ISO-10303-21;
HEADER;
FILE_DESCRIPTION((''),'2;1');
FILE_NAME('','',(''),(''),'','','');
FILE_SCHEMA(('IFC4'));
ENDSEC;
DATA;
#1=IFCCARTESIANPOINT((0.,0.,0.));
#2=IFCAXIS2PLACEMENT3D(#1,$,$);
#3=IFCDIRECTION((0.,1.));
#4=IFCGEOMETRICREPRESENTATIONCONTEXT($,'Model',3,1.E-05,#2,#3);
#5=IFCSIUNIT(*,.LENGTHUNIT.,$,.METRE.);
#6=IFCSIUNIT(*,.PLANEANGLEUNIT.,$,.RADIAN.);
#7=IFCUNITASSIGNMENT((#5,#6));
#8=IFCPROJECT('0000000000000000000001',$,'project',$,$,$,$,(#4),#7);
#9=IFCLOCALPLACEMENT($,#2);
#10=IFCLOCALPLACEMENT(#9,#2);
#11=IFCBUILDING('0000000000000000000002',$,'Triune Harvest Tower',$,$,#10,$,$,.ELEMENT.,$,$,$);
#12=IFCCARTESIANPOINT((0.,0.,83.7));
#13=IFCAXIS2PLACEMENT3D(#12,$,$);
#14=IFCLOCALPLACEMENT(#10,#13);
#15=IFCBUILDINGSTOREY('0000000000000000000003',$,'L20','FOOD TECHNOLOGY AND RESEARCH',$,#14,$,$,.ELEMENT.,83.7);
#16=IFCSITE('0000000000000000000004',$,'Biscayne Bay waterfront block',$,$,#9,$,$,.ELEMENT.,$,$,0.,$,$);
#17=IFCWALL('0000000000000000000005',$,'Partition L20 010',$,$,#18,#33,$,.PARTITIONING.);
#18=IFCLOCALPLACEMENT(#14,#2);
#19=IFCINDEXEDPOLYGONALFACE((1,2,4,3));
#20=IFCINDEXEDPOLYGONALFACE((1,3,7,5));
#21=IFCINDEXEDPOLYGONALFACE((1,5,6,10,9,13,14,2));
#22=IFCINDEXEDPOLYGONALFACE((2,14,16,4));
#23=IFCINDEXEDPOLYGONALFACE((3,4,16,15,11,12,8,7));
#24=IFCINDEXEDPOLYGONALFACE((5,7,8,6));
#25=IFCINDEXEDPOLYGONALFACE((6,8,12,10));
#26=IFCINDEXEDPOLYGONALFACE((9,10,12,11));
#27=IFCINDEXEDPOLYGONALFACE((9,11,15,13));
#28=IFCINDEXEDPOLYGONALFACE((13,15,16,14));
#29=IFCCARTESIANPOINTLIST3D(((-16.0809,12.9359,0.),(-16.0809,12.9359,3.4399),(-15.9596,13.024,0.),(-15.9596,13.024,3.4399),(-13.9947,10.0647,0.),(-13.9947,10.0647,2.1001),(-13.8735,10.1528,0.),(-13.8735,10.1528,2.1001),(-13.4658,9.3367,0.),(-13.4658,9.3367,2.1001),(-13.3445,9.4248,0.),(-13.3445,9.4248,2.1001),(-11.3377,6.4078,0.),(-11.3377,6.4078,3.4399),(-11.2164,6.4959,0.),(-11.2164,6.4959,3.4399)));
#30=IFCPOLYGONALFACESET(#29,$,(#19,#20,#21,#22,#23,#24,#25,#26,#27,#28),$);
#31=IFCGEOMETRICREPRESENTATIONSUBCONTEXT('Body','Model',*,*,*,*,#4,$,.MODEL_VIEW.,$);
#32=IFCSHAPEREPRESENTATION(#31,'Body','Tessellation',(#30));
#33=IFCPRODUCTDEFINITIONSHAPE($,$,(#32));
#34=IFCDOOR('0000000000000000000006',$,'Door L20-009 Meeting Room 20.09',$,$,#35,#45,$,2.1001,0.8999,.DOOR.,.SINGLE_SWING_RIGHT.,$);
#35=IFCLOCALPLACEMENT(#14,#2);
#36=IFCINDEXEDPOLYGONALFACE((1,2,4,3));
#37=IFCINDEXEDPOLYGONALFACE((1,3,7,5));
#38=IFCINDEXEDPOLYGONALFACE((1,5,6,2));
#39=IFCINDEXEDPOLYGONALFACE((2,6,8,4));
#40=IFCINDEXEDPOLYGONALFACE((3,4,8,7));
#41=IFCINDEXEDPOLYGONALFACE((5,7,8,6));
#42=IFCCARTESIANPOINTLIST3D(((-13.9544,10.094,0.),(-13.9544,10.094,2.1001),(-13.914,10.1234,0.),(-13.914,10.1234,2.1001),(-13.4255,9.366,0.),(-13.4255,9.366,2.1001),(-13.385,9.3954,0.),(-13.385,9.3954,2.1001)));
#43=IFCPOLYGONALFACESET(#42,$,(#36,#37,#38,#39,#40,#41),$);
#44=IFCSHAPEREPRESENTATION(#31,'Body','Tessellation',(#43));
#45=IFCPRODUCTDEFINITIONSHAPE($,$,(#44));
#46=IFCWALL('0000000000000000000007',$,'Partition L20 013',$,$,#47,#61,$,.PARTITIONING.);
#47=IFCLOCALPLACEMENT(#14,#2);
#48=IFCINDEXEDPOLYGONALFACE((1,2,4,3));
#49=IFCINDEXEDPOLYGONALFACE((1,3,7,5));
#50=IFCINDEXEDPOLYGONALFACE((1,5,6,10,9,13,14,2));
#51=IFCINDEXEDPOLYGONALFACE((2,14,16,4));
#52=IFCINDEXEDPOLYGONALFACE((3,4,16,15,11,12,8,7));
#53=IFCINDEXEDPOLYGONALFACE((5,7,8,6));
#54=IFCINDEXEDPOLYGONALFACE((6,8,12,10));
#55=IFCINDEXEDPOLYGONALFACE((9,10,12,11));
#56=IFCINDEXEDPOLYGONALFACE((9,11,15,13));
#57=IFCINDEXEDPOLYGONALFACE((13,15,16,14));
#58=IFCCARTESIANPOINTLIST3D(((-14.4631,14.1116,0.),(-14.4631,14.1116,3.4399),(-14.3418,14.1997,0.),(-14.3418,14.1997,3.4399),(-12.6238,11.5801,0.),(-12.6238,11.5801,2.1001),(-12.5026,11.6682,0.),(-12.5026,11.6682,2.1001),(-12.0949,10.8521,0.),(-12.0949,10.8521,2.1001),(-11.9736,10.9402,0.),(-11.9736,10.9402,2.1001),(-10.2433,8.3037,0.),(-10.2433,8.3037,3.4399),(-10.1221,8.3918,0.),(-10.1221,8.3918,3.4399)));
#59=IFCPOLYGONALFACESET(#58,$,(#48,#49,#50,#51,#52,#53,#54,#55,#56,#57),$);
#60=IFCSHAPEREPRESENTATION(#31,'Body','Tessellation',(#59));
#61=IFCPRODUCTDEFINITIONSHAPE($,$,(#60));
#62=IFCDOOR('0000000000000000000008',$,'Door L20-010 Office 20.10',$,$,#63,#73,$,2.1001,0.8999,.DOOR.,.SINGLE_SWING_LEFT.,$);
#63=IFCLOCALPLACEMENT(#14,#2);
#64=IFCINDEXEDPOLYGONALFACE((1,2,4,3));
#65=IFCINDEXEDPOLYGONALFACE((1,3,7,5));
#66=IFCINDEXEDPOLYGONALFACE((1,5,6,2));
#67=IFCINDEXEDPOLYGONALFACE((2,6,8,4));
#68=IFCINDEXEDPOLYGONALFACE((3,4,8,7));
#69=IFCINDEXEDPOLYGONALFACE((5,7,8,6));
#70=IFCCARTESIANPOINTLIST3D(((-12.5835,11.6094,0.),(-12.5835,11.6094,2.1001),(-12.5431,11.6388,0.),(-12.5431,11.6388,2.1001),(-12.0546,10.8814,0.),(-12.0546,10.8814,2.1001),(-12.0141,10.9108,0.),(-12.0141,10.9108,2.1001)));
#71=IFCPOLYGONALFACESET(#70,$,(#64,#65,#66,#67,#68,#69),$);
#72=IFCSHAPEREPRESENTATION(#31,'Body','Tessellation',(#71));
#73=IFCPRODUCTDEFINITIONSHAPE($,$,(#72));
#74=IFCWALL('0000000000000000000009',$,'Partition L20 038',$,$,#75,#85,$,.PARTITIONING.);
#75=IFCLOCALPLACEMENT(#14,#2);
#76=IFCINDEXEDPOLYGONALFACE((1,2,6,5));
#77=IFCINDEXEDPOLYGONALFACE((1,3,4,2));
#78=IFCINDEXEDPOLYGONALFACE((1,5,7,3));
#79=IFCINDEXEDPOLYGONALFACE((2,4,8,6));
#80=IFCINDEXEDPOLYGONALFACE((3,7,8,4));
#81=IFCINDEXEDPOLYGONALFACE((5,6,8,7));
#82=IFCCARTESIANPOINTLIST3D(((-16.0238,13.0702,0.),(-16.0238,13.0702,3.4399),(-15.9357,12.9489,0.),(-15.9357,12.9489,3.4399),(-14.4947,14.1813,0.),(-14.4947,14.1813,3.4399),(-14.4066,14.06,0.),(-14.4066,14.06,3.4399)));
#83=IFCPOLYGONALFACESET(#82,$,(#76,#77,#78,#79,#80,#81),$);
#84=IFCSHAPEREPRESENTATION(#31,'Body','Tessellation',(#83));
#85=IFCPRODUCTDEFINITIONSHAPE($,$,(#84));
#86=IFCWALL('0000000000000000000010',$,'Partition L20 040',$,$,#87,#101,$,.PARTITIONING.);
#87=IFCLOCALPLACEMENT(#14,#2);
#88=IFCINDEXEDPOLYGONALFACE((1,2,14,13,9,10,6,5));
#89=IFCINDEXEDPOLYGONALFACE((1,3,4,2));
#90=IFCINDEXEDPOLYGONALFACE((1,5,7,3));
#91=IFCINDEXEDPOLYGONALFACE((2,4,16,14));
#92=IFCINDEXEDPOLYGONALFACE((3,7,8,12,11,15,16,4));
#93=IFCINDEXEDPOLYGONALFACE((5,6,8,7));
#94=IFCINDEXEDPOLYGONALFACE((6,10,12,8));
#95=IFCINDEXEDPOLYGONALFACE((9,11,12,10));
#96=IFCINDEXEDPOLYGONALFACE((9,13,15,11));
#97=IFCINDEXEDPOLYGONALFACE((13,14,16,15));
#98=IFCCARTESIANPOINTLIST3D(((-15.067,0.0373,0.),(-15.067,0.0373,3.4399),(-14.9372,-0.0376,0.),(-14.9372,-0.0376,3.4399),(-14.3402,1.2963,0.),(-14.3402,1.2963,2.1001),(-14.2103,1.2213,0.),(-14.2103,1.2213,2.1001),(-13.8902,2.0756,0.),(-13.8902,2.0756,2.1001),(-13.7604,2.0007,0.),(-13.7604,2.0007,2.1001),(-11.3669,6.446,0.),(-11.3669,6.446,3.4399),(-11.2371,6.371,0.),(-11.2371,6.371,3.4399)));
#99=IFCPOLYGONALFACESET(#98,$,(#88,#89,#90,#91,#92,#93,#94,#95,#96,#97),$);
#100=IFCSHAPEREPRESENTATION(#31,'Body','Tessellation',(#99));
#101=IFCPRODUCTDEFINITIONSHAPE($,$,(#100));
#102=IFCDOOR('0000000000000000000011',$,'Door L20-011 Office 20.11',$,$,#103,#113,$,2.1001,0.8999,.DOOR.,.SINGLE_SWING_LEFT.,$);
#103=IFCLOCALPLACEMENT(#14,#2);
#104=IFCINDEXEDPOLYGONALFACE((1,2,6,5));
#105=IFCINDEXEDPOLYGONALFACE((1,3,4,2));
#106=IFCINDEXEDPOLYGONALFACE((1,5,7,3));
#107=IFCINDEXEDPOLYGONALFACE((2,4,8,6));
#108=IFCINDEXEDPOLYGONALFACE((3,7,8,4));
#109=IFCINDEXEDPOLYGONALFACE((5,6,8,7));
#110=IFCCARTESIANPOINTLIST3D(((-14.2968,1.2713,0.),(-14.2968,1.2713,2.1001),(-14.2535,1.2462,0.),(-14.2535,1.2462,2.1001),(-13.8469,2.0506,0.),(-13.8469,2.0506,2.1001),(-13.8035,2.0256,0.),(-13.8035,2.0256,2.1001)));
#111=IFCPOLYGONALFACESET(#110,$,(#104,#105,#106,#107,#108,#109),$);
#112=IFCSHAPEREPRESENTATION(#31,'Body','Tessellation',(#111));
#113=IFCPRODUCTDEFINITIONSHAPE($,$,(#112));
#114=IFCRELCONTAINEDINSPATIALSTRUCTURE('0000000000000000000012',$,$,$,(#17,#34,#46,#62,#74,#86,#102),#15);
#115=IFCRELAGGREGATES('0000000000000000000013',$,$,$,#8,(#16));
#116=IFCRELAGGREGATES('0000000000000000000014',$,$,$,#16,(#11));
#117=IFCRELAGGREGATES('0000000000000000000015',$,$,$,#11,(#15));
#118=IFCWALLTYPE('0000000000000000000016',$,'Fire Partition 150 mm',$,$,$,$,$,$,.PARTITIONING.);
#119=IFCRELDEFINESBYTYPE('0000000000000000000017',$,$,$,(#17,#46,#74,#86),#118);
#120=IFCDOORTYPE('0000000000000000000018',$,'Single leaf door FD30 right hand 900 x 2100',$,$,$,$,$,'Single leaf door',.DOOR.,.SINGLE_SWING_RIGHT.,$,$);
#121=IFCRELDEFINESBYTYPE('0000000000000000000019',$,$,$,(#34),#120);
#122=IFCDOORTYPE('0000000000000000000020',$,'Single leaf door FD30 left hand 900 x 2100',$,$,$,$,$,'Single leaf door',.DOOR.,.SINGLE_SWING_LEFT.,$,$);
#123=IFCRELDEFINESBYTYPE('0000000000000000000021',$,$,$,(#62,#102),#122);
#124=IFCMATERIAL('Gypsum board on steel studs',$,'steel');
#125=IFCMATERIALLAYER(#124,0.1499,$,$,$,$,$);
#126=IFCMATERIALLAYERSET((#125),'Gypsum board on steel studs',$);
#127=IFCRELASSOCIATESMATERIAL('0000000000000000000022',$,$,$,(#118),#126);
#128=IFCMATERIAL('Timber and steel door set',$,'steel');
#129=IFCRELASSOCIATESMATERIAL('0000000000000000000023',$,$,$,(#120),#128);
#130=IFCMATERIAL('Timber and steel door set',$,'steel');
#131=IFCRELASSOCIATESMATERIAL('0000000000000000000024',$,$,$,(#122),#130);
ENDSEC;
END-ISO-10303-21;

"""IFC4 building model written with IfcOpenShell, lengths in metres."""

from ifc_helpers import new_model, si_unit, direction, frame, frame_2d, origin, place, context, subcontext, project, spatial, rectangle, extrude, source, transform, mapped, material, layer, layer_set, type_object, element, fill, save


model = new_model("IFC4")

# Units and contexts
model_context = context("Model", 3, precision=1e-05, world=origin(), true_north=direction((0.0, 1.0)))
body_context = subcontext(model_context, "Body", "Model", "MODEL_VIEW")
ifc_project = project(units=[si_unit("LENGTHUNIT", "METRE"), si_unit("PLANEANGLEUNIT", "RADIAN")], contexts=[model_context])

# Site, building, storey
site_placement = place(None, origin())
site = spatial("IfcSite", under=ifc_project, at=site_placement, Name="Biscayne Bay waterfront block", CompositionType="ELEMENT", RefElevation=0.0)
building_placement = place(site_placement, origin())
building = spatial("IfcBuilding", under=site, at=building_placement, Name="Triune Harvest Tower", CompositionType="ELEMENT")
storey_placement = place(building_placement, frame((0.0, 0.0, 83.7)))
storey = spatial("IfcBuildingStorey", under=building, at=storey_placement, Name="L20", Description="FOOD TECHNOLOGY AND RESEARCH", CompositionType="ELEMENT", Elevation=83.7)

# Walls, openings, doors
ifc_material_1 = material(Name="Gypsum board on steel studs", Category="steel")
ifc_layer_1 = layer(ifc_material_1, 0.1499)
ifc_layer_set_1 = layer_set([ifc_layer_1], Name="Gypsum board on steel studs")
wall_type_1 = type_object("IfcWallType", Name="Fire Partition 150 mm", PredefinedType="PARTITIONING", material=ifc_layer_set_1)
shared_shape_1 = source(origin(), body_context, "Body", "SweptSolid", [
    extrude(rectangle(XDim=8.0693, YDim=0.1499, at=frame_2d((4.0347, 0.0))), origin(), (0.0, 0.0, 1.0), 3.4399),
])
wall_1_placement = place(storey_placement, frame((-16.0203, 12.98, 0.0), z_axis=(0.0, 0.0, 1.0), x_axis=(0.587805, -0.809003, 0.0)))
wall_1 = element("IfcWall", 1, at=wall_1_placement, inside=storey, type_object=wall_type_1, Name="Partition L20 010", PredefinedType="PARTITIONING", context=body_context, shape_type="MappedRepresentation", body=[
    mapped(shared_shape_1, transform((0.0, 0.0, 0.0), scale=1.0)),
])
opening_1_placement = place(wall_1_placement, frame((3.5491, 0.0, 0.0)))
opening_1 = element("IfcOpeningElement", 2, at=opening_1_placement, cuts=wall_1, PredefinedType="OPENING", context=body_context, shape_type="SweptSolid", body=[
    extrude(rectangle(XDim=0.8999, YDim=2.1001, at=frame_2d((0.45, 1.05))), frame((0.0, 0.085, 0.0), z_axis=(0.0, -1.0, 0.0), x_axis=(1.0, 0.0, 0.0)), (0.0, 0.0, 1.0), 0.1699),
])
ifc_material_2 = material(Name="Timber and steel door set", Category="steel")
door_type_1 = type_object("IfcDoorType", Name="Single leaf door FD30 right hand 900 x 2100", ElementType="Single leaf door", OperationType="SINGLE_SWING_RIGHT", PredefinedType="DOOR", material=ifc_material_2)
door_1_placement = place(opening_1_placement, origin())
door_1 = element("IfcDoor", 3, at=door_1_placement, inside=storey, type_object=door_type_1, Name="Door L20-009 Meeting Room 20.09", OperationType="SINGLE_SWING_RIGHT", OverallHeight=2.1001, OverallWidth=0.8999, PredefinedType="DOOR", context=body_context, shape_type="SweptSolid", body=[
    extrude(rectangle(XDim=0.8999, YDim=2.1001, at=frame_2d((0.45, 1.05))), frame((0.0, 0.0249, 0.0), z_axis=(0.0, -1.0, 0.0), x_axis=(1.0, 0.0, 0.0)), (0.0, 0.0, 1.0), 0.05),
])
fill(opening_1, door_1)
shared_shape_2 = source(origin(), body_context, "Body", "SweptSolid", [
    extrude(rectangle(XDim=7.179, YDim=0.1499, at=frame_2d((3.5894, 0.0))), origin(), (0.0, 0.0, 1.0), 3.4399),
])
wall_2_placement = place(storey_placement, frame((-14.4023, 14.1555, 0.0), z_axis=(0.0, 0.0, 1.0), x_axis=(0.587791, -0.809012, 0.0)))
wall_2 = element("IfcWall", 4, at=wall_2_placement, inside=storey, type_object=wall_type_1, Name="Partition L20 013", PredefinedType="PARTITIONING", context=body_context, shape_type="MappedRepresentation", body=[
    mapped(shared_shape_2, transform((0.0, 0.0, 0.0), scale=1.0)),
])
opening_2_placement = place(wall_2_placement, frame((3.1289, 0.0, 0.0)))
opening_2 = element("IfcOpeningElement", 5, at=opening_2_placement, cuts=wall_2, PredefinedType="OPENING", context=body_context, shape_type="SweptSolid", body=[
    extrude(rectangle(XDim=0.8999, YDim=2.1001, at=frame_2d((0.45, 1.05))), frame((0.0, 0.085, 0.0), z_axis=(0.0, -1.0, 0.0), x_axis=(1.0, 0.0, 0.0)), (0.0, 0.0, 1.0), 0.1699),
])
ifc_material_3 = material(Name="Timber and steel door set", Category="steel")
door_type_2 = type_object("IfcDoorType", Name="Single leaf door FD30 left hand 900 x 2100", ElementType="Single leaf door", OperationType="SINGLE_SWING_LEFT", PredefinedType="DOOR", material=ifc_material_3)
door_2_placement = place(opening_2_placement, origin())
door_2 = element("IfcDoor", 6, at=door_2_placement, inside=storey, type_object=door_type_2, Name="Door L20-010 Office 20.10", OperationType="SINGLE_SWING_LEFT", OverallHeight=2.1001, OverallWidth=0.8999, PredefinedType="DOOR", context=body_context, shape_type="SweptSolid", body=[
    extrude(rectangle(XDim=0.8999, YDim=2.1001, at=frame_2d((0.45, 1.05))), frame((0.0, 0.0249, 0.0), z_axis=(0.0, -1.0, 0.0), x_axis=(1.0, 0.0, 0.0)), (0.0, 0.0, 1.0), 0.05),
])
fill(opening_2, door_2)

# Wall
shared_shape_3 = source(origin(), body_context, "Body", "SweptSolid", [
    extrude(rectangle(XDim=1.8901, YDim=0.1499, at=frame_2d((0.9451, 0.0))), origin(), (0.0, 0.0, 1.0), 3.4399),
])
wall_3_placement = place(storey_placement, frame((-15.9797, 13.0095, 0.0), z_axis=(0.0, 0.0, 1.0), x_axis=(0.808976, 0.587841, 0.0)))
element("IfcWall", 7, at=wall_3_placement, inside=storey, type_object=wall_type_1, Name="Partition L20 038", PredefinedType="PARTITIONING", context=body_context, shape_type="MappedRepresentation", body=[
    mapped(shared_shape_3, transform((0.0, 0.0, 0.0), scale=1.0)),
])

# Wall, opening, door
shared_shape_4 = source(origin(), body_context, "Body", "SweptSolid", [
    extrude(rectangle(XDim=7.4001, YDim=0.1499, at=frame_2d((3.7002, 0.0))), origin(), (0.0, 0.0, 1.0), 3.4399),
])
wall_4_placement = place(storey_placement, frame((-15.0022, -0.0002, 0.0), z_axis=(0.0, 0.0, 1.0), x_axis=(0.500014, 0.866017, 0.0)))
wall_4 = element("IfcWall", 8, at=wall_4_placement, inside=storey, type_object=wall_type_1, Name="Partition L20 040", PredefinedType="PARTITIONING", context=body_context, shape_type="MappedRepresentation", body=[
    mapped(shared_shape_4, transform((0.0, 0.0, 0.0), scale=1.0)),
])
opening_3_placement = place(wall_4_placement, frame((1.4539, 0.0, 0.0)))
opening_3 = element("IfcOpeningElement", 9, at=opening_3_placement, cuts=wall_4, PredefinedType="OPENING", context=body_context, shape_type="SweptSolid", body=[
    extrude(rectangle(XDim=0.8999, YDim=2.1001, at=frame_2d((0.45, 1.05))), frame((0.0, 0.085, 0.0), z_axis=(0.0, -1.0, 0.0), x_axis=(1.0, 0.0, 0.0)), (0.0, 0.0, 1.0), 0.1699),
])
door_3_placement = place(opening_3_placement, origin())
door_3 = element("IfcDoor", 10, at=door_3_placement, inside=storey, type_object=door_type_2, Name="Door L20-011 Office 20.11", OperationType="SINGLE_SWING_LEFT", OverallHeight=2.1001, OverallWidth=0.8999, PredefinedType="DOOR", context=body_context, shape_type="SweptSolid", body=[
    extrude(rectangle(XDim=0.8999, YDim=2.1001, at=frame_2d((0.45, 1.05))), frame((0.0, 0.0249, 0.0), z_axis=(0.0, -1.0, 0.0), x_axis=(1.0, 0.0, 0.0)), (0.0, 0.0, 1.0), 0.05),
])
fill(opening_3, door_3)

save(model, "model.ifc")
